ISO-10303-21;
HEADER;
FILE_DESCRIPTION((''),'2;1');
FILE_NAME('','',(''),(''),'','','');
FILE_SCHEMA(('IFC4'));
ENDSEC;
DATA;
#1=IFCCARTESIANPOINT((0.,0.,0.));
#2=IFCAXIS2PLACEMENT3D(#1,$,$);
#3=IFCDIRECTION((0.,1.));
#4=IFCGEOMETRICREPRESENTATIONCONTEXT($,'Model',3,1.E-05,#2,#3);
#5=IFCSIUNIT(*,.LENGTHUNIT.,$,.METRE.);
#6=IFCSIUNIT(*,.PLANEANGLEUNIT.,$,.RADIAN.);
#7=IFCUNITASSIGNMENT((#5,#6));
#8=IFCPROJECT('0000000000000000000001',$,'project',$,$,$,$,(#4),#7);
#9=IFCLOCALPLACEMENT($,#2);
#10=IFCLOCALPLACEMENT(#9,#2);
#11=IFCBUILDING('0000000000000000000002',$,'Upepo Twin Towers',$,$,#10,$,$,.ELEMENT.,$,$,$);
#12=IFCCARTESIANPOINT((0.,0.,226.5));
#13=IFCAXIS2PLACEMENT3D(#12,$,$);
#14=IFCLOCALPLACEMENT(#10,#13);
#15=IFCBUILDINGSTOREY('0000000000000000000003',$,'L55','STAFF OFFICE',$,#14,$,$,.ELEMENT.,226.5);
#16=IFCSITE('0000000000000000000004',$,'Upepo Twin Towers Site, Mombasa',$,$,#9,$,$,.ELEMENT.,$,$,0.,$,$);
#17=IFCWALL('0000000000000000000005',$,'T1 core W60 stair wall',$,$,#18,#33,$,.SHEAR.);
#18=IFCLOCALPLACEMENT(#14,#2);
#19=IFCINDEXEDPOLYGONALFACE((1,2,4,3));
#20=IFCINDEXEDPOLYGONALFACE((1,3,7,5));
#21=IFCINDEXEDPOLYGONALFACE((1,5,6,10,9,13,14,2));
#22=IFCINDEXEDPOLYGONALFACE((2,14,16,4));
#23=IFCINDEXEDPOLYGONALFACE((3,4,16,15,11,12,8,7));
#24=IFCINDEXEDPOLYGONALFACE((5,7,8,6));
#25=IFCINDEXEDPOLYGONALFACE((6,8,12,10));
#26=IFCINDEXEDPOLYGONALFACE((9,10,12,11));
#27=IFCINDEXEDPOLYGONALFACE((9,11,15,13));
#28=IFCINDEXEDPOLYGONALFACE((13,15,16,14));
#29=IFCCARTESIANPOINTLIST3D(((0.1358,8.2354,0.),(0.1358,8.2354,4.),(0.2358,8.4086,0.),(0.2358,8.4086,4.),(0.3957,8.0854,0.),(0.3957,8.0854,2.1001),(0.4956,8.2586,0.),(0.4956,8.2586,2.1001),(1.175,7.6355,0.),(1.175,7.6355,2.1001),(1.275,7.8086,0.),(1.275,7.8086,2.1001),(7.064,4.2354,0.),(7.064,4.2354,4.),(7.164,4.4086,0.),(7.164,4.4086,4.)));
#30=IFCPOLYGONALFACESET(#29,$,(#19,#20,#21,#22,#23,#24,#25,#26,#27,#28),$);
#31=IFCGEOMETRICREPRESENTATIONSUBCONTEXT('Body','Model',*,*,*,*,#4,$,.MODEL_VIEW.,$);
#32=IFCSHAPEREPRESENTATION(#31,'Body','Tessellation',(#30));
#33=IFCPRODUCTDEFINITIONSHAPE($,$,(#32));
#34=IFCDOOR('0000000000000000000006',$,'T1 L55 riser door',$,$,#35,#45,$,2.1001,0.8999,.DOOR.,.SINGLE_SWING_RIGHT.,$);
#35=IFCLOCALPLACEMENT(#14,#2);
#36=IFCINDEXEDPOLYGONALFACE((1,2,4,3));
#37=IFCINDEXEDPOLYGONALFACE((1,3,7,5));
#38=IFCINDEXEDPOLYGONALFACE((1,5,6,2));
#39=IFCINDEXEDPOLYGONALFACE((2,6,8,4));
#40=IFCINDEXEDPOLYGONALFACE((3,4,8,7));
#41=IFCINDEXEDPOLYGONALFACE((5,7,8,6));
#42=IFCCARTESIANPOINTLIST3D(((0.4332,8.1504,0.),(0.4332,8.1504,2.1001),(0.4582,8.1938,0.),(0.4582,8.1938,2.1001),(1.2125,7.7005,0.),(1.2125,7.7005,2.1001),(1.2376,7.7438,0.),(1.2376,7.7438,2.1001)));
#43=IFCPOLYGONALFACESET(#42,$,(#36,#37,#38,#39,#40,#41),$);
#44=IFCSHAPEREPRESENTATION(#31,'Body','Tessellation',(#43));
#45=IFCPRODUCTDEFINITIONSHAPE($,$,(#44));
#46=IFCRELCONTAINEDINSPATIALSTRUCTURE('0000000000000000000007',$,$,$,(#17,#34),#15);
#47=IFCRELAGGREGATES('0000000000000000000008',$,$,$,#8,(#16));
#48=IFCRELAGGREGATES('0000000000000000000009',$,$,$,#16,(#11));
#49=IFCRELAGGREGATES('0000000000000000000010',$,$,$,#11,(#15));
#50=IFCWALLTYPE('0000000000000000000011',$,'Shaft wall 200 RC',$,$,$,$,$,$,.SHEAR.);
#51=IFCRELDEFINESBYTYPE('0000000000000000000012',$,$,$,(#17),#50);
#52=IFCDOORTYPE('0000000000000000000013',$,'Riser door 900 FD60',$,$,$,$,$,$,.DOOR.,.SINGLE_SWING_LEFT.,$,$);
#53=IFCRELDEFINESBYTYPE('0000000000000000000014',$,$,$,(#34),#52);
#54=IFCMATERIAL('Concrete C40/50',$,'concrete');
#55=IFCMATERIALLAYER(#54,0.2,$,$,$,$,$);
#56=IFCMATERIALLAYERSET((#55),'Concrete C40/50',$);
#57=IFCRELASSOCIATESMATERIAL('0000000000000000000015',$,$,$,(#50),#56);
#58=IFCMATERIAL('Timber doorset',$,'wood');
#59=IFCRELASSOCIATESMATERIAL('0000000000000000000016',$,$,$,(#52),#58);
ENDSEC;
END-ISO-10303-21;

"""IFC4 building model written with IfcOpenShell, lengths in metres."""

from ifc_helpers import new_model, si_unit, direction, frame, frame_2d, origin, place, context, subcontext, project, spatial, rectangle, extrude, material, layer, layer_set, type_object, element, fill, save


model = new_model("IFC4")

# Units and contexts
model_context = context("Model", 3, precision=1e-05, world=origin(), true_north=direction((0.0, 1.0)))
body_context = subcontext(model_context, "Body", "Model", "MODEL_VIEW")
ifc_project = project(units=[si_unit("LENGTHUNIT", "METRE"), si_unit("PLANEANGLEUNIT", "RADIAN")], contexts=[model_context])

# Site, building, storey
site_placement = place(None, origin())
site = spatial("IfcSite", under=ifc_project, at=site_placement, Name="Upepo Twin Towers Site, Mombasa", CompositionType="ELEMENT", RefElevation=0.0)
building_placement = place(site_placement, origin())
building = spatial("IfcBuilding", under=site, at=building_placement, Name="Upepo Twin Towers", CompositionType="ELEMENT")
storey_placement = place(building_placement, frame((0.0, 0.0, 226.5)))
storey = spatial("IfcBuildingStorey", under=building, at=storey_placement, Name="L55", Description="STAFF OFFICE", CompositionType="ELEMENT", Elevation=226.5)

# Wall, opening, door
ifc_material_1 = material(Name="Concrete C40/50", Category="concrete")
ifc_layer_1 = layer(ifc_material_1, 0.2)
ifc_layer_set_1 = layer_set([ifc_layer_1], Name="Concrete C40/50")
wall_type_1 = type_object("IfcWallType", Name="Shaft wall 200 RC", PredefinedType="SHEAR", material=ifc_layer_set_1)
wall_1_placement = place(storey_placement, frame((7.114, 4.322, 0.0), z_axis=(0.0, 0.0, 1.0), x_axis=(-0.866026, 0.499999, 0.0)))
wall_1 = element("IfcWall", 1, at=wall_1_placement, inside=storey, type_object=wall_type_1, Name="T1 core W60 stair wall", PredefinedType="SHEAR", context=body_context, shape_type="SweptSolid", body=[
    extrude(rectangle(XDim=8.0, YDim=0.2, at=frame_2d((4.0, 0.0))), origin(), (0.0, 0.0, 1.0), 4.0),
])
opening_1_placement = place(wall_1_placement, frame((6.8, 0.0, 0.0)))
opening_1 = element("IfcOpeningElement", 2, at=opening_1_placement, cuts=wall_1, PredefinedType="OPENING", context=body_context, shape_type="SweptSolid", body=[
    extrude(rectangle(XDim=0.8999, YDim=2.1001, at=frame_2d((0.45, 1.05))), frame((0.0, 0.1099, 0.0), z_axis=(0.0, -1.0, 0.0), x_axis=(1.0, 0.0, 0.0)), (0.0, 0.0, 1.0), 0.22),
])
ifc_material_2 = material(Name="Timber doorset", Category="wood")
door_type_1 = type_object("IfcDoorType", Name="Riser door 900 FD60", OperationType="SINGLE_SWING_LEFT", PredefinedType="DOOR", material=ifc_material_2)
door_1_placement = place(opening_1_placement, origin())
door_1 = element("IfcDoor", 3, at=door_1_placement, inside=storey, type_object=door_type_1, Name="T1 L55 riser door", OperationType="SINGLE_SWING_RIGHT", OverallHeight=2.1001, OverallWidth=0.8999, PredefinedType="DOOR", context=body_context, shape_type="SweptSolid", body=[
    extrude(rectangle(XDim=0.8999, YDim=2.1001, at=frame_2d((0.45, 1.05))), frame((0.0, 0.0249, 0.0), z_axis=(0.0, -1.0, 0.0), x_axis=(1.0, 0.0, 0.0)), (0.0, 0.0, 1.0), 0.05),
])
fill(opening_1, door_1)

save(model, "model.ifc")
